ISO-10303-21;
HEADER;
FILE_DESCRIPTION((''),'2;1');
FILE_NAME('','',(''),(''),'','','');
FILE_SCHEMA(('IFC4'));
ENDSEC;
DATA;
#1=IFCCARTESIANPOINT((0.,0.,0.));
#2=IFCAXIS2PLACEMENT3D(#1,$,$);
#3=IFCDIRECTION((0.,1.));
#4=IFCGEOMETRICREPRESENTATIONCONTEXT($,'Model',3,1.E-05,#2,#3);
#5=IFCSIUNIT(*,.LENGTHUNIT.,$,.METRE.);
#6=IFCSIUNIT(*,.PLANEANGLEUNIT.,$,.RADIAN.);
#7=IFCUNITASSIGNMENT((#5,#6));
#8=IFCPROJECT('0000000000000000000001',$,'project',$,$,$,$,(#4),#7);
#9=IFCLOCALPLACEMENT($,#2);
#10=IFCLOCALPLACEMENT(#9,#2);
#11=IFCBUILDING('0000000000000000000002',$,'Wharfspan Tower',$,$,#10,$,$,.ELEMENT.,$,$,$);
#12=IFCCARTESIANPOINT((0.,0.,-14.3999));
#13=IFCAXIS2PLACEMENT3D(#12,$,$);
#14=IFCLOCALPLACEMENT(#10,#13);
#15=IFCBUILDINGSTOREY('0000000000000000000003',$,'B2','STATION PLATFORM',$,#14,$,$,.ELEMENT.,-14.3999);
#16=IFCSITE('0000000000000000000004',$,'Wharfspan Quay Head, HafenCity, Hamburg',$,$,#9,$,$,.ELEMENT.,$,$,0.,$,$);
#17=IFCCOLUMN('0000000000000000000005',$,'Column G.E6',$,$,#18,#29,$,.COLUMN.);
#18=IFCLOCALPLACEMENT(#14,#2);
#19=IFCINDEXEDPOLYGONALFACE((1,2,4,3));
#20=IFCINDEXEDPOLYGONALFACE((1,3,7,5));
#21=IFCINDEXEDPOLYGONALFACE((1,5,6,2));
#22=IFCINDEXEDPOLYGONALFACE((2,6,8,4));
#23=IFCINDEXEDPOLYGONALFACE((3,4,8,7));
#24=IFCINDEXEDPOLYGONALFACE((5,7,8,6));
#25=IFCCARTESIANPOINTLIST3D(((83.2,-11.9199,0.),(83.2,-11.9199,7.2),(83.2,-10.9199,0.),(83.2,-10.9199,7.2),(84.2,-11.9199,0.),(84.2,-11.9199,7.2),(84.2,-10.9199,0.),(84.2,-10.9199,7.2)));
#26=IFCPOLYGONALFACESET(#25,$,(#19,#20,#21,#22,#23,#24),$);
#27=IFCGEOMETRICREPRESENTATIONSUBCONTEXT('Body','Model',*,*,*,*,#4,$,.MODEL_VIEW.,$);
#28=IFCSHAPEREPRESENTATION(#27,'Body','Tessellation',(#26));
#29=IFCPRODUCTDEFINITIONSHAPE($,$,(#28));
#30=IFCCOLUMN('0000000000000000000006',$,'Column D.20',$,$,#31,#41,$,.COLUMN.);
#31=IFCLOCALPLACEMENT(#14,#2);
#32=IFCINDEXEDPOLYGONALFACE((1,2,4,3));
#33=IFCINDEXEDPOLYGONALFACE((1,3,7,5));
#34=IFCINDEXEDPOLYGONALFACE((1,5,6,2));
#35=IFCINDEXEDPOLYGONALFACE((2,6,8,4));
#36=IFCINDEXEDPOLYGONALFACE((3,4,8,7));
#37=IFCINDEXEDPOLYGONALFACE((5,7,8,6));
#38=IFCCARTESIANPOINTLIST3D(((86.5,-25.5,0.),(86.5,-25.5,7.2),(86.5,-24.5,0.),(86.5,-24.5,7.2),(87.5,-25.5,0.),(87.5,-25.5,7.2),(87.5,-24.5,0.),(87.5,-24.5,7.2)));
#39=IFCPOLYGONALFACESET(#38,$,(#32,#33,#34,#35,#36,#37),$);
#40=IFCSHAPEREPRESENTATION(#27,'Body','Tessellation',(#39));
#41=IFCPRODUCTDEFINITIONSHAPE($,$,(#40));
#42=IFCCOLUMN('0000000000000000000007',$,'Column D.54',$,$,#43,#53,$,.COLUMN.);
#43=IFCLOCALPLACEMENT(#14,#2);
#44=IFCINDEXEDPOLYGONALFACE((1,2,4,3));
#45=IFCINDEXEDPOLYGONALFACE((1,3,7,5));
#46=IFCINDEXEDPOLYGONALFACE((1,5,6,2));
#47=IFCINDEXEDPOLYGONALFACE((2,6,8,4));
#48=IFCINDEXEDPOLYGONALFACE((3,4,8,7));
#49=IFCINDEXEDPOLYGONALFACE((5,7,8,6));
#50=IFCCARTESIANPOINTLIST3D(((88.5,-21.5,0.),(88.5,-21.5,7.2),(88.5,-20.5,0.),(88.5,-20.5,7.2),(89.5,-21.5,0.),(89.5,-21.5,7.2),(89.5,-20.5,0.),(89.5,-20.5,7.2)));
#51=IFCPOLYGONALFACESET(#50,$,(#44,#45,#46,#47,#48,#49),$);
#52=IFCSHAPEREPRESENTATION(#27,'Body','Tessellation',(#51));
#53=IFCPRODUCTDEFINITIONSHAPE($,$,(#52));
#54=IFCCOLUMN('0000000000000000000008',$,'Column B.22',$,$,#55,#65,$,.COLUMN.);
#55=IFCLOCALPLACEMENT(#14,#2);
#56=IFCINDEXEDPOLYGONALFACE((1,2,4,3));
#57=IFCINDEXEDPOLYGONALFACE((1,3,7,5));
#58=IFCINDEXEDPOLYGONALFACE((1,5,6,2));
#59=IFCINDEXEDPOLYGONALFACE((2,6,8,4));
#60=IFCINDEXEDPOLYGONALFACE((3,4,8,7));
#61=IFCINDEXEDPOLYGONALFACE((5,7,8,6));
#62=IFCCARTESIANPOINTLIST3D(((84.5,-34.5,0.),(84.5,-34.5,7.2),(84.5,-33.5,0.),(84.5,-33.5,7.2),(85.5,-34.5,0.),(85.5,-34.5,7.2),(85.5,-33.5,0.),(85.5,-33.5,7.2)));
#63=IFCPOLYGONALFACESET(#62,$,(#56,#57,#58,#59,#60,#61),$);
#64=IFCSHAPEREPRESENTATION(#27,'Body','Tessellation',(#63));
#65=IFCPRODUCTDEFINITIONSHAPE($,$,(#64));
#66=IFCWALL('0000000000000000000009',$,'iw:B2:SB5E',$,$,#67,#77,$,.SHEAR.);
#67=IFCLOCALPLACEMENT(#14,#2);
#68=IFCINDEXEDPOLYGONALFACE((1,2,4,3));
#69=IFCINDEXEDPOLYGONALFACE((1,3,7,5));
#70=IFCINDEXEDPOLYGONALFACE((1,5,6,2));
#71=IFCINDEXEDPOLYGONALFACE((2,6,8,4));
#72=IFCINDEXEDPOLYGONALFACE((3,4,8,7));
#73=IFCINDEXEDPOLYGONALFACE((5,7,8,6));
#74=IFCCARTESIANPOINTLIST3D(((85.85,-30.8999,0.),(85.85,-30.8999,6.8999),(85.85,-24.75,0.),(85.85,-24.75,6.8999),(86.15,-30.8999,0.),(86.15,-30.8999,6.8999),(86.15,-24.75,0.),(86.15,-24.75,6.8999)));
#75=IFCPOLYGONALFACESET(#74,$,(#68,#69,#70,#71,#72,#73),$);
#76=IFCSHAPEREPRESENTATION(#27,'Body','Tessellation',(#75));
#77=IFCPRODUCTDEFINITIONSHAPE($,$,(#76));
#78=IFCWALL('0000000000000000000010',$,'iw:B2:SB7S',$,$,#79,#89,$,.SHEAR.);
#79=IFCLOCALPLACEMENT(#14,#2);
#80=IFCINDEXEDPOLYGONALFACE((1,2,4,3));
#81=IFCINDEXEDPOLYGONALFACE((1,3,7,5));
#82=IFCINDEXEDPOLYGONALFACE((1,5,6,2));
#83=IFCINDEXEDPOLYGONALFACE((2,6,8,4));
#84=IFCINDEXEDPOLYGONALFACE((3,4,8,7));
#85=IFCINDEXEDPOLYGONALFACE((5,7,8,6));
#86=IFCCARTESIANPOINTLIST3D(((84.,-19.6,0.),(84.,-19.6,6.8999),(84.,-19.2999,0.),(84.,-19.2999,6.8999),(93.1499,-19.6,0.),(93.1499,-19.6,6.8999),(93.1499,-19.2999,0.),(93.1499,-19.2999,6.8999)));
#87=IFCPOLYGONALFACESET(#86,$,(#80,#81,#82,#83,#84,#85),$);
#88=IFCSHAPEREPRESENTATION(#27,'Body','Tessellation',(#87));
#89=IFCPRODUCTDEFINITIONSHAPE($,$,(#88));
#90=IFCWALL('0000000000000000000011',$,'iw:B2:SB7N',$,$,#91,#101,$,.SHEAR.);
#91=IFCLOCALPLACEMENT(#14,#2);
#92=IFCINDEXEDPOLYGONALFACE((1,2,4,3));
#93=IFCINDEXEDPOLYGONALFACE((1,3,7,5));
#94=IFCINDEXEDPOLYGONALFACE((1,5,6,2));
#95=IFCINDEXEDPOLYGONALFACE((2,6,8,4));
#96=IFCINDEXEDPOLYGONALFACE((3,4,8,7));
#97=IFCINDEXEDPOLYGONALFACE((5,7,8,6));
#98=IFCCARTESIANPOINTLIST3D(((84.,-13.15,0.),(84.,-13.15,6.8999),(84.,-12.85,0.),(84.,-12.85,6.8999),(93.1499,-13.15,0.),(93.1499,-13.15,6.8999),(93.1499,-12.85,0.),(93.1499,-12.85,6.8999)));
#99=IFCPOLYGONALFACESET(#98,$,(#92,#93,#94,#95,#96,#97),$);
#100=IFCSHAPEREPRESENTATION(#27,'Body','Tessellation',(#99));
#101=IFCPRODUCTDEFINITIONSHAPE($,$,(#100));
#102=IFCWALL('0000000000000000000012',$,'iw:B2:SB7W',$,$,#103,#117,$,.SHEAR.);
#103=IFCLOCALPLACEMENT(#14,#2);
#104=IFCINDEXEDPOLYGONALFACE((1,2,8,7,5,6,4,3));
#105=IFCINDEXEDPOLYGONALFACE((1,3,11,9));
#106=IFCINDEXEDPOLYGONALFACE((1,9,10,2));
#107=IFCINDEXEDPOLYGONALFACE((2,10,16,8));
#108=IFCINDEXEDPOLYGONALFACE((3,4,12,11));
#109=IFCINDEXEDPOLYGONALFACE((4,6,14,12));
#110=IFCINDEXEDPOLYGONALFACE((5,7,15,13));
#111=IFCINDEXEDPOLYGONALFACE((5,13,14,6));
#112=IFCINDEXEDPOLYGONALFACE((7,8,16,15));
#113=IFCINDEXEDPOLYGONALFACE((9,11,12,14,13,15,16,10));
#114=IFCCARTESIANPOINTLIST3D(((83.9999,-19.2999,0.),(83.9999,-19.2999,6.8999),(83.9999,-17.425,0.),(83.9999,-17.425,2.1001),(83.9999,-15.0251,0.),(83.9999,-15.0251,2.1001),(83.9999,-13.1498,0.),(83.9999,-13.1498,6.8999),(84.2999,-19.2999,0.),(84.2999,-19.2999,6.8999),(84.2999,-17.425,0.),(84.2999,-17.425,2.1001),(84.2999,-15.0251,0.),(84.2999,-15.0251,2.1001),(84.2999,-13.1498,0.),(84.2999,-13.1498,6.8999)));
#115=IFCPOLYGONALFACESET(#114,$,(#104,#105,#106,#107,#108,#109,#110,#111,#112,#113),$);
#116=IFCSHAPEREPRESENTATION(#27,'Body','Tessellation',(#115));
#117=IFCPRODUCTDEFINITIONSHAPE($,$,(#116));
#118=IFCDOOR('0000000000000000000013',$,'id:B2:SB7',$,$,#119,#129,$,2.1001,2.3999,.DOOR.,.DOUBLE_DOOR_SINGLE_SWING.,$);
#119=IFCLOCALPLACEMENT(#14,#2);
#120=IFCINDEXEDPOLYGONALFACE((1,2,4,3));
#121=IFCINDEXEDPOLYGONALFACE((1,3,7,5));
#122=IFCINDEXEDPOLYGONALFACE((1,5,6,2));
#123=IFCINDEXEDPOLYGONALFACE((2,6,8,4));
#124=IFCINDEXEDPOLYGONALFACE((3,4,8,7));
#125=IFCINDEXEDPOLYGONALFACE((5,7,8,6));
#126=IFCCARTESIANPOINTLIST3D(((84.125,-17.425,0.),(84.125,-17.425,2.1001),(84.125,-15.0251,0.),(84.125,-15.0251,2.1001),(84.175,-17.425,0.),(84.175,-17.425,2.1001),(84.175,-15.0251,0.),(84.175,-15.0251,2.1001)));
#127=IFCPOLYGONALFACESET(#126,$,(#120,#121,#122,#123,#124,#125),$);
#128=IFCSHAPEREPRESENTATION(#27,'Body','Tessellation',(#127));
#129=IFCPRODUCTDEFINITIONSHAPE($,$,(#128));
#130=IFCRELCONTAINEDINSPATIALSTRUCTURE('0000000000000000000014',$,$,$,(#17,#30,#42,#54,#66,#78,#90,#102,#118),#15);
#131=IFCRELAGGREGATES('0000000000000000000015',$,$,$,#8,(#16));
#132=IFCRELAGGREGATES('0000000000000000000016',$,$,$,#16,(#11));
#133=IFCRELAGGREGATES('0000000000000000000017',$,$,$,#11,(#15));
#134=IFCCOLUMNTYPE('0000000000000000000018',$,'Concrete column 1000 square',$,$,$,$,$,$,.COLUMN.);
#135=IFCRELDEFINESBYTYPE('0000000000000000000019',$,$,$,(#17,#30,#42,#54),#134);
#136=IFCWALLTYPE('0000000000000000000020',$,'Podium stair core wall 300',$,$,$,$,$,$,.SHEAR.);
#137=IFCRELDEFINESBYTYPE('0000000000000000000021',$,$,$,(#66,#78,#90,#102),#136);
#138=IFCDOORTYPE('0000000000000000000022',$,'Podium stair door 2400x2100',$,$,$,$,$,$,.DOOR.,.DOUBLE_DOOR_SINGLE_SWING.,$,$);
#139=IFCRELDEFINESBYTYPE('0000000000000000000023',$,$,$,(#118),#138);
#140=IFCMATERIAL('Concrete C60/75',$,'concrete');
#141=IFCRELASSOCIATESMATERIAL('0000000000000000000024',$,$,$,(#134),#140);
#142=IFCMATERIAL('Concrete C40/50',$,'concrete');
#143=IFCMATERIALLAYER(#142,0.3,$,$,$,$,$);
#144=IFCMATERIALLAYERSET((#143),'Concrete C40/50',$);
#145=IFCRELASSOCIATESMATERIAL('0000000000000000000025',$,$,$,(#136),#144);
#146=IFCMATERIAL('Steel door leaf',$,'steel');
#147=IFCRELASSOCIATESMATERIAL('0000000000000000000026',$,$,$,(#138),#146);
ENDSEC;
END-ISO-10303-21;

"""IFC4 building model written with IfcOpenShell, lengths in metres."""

from ifc_helpers import new_model, si_unit, direction, frame, frame_2d, origin, origin_2d, place, context, subcontext, project, spatial, rectangle, extrude, material, layer, layer_set, material_profile, profile_set, type_object, element, fill, save


model = new_model("IFC4")

# Units and contexts
model_context = context("Model", 3, precision=1e-05, world=origin(), true_north=direction((0.0, 1.0)))
body_context = subcontext(model_context, "Body", "Model", "MODEL_VIEW")
ifc_project = project(units=[si_unit("LENGTHUNIT", "METRE"), si_unit("PLANEANGLEUNIT", "RADIAN")], contexts=[model_context])

# Site, building, storey
site_placement = place(None, origin())
site = spatial("IfcSite", under=ifc_project, at=site_placement, Name="Wharfspan Quay Head, HafenCity, Hamburg", CompositionType="ELEMENT", RefElevation=0.0)
building_placement = place(site_placement, origin())
building = spatial("IfcBuilding", under=site, at=building_placement, Name="Wharfspan Tower", CompositionType="ELEMENT")
storey_placement = place(building_placement, frame((0.0, 0.0, -14.3999)))
storey = spatial("IfcBuildingStorey", under=building, at=storey_placement, Name="B2", Description="STATION PLATFORM", CompositionType="ELEMENT", Elevation=-14.3999)

# Columns
ifc_material_1 = material(Name="Concrete C60/75", Category="concrete")
ifc_material_profile = material_profile(ifc_material_1, rectangle(XDim=1.0, YDim=1.0, at=origin_2d()))
ifc_profile_set = profile_set([ifc_material_profile], Name="Concrete C60/75")
column_type = type_object("IfcColumnType", Name="Concrete column 1000 square", PredefinedType="COLUMN", material=ifc_profile_set)
for number, where, z_axis, x_axis, name in (
    (1, (83.7, -11.4199, 0.0), (0.0, 0.0, 1.0), (1.0, 0.0, 0.0), "Column G.E6"),
    (2, (87.0, -25.0, 0.0), (0.0, 0.0, 1.0), (1.0, 0.0, 0.0), "Column D.20"),
    (3, (89.0, -21.0, 0.0), (0.0, 0.0, 1.0), (1.0, 0.0, 0.0), "Column D.54"),
    (4, (85.0, -34.0, 0.0), (0.0, 0.0, 1.0), (1.0, 0.0, 0.0), "Column B.22"),
):
    element("IfcColumn", number, at=place(storey_placement, frame(where, z_axis=z_axis, x_axis=x_axis)), inside=storey, type_object=column_type, Name=name, PredefinedType="COLUMN", context=body_context, shape_type="SweptSolid", body=[
        extrude(rectangle(XDim=1.0, YDim=1.0, at=origin_2d()), origin(), (0.0, 0.0, 1.0), 7.2),
    ])

# Walls
ifc_material_2 = material(Name="Concrete C40/50", Category="concrete")
ifc_layer = layer(ifc_material_2, 0.3)
ifc_layer_set = layer_set([ifc_layer], Name="Concrete C40/50")
wall_type = type_object("IfcWallType", Name="Podium stair core wall 300", PredefinedType="SHEAR", material=ifc_layer_set)
wall_1_placement = place(storey_placement, frame((86.0, -30.8999, 0.0), z_axis=(0.0, 0.0, 1.0), x_axis=(0.0, 1.0, 0.0)))
element("IfcWall", 5, at=wall_1_placement, inside=storey, type_object=wall_type, Name="iw:B2:SB5E", PredefinedType="SHEAR", context=body_context, shape_type="SweptSolid", body=[
    extrude(rectangle(XDim=6.1499, YDim=0.3, at=frame_2d((3.075, 0.0))), origin(), (0.0, 0.0, 1.0), 6.8999),
])
for number, where, z_axis, x_axis, name in (
    (6, (84.0, -19.45, 0.0), (0.0, 0.0, 1.0), (1.0, 0.0, 0.0), "iw:B2:SB7S"),
    (7, (84.0, -13.0, 0.0), (0.0, 0.0, 1.0), (1.0, 0.0, 0.0), "iw:B2:SB7N"),
):
    element("IfcWall", number, at=place(storey_placement, frame(where, z_axis=z_axis, x_axis=x_axis)), inside=storey, type_object=wall_type, Name=name, PredefinedType="SHEAR", context=body_context, shape_type="SweptSolid", body=[
        extrude(rectangle(XDim=9.1499, YDim=0.3, at=frame_2d((4.575, 0.0))), origin(), (0.0, 0.0, 1.0), 6.8999),
    ])

# Wall, opening, door
wall_2_placement = place(storey_placement, frame((84.1499, -19.3, 0.0), z_axis=(0.0, 0.0, 1.0), x_axis=(0.0, 1.0, 0.0)))
wall_2 = element("IfcWall", 8, at=wall_2_placement, inside=storey, type_object=wall_type, Name="iw:B2:SB7W", PredefinedType="SHEAR", context=body_context, shape_type="SweptSolid", body=[
    extrude(rectangle(XDim=6.1501, YDim=0.3, at=frame_2d((3.0752, 0.0))), origin(), (0.0, 0.0, 1.0), 6.8999),
])
opening_placement = place(wall_2_placement, frame((1.875, 0.0, 0.0)))
opening = element("IfcOpeningElement", 9, at=opening_placement, cuts=wall_2, PredefinedType="OPENING", context=body_context, shape_type="SweptSolid", body=[
    extrude(rectangle(XDim=2.3999, YDim=2.1001, at=frame_2d((1.2, 1.05))), frame((0.0, 0.1599, 0.0), z_axis=(0.0, -1.0, 0.0), x_axis=(1.0, 0.0, 0.0)), (0.0, 0.0, 1.0), 0.3201),
])
ifc_material_3 = material(Name="Steel door leaf", Category="steel")
door_type = type_object("IfcDoorType", Name="Podium stair door 2400x2100", OperationType="DOUBLE_DOOR_SINGLE_SWING", PredefinedType="DOOR", material=ifc_material_3)
door_placement = place(opening_placement, origin())
door = element("IfcDoor", 10, at=door_placement, inside=storey, type_object=door_type, Name="id:B2:SB7", OperationType="DOUBLE_DOOR_SINGLE_SWING", OverallHeight=2.1001, OverallWidth=2.3999, PredefinedType="DOOR", context=body_context, shape_type="SweptSolid", body=[
    extrude(rectangle(XDim=2.3999, YDim=2.1001, at=frame_2d((1.2, 1.05))), frame((0.0, 0.0249, 0.0), z_axis=(0.0, -1.0, 0.0), x_axis=(1.0, 0.0, 0.0)), (0.0, 0.0, 1.0), 0.05),
])
fill(opening, door)

save(model, "model.ifc")
